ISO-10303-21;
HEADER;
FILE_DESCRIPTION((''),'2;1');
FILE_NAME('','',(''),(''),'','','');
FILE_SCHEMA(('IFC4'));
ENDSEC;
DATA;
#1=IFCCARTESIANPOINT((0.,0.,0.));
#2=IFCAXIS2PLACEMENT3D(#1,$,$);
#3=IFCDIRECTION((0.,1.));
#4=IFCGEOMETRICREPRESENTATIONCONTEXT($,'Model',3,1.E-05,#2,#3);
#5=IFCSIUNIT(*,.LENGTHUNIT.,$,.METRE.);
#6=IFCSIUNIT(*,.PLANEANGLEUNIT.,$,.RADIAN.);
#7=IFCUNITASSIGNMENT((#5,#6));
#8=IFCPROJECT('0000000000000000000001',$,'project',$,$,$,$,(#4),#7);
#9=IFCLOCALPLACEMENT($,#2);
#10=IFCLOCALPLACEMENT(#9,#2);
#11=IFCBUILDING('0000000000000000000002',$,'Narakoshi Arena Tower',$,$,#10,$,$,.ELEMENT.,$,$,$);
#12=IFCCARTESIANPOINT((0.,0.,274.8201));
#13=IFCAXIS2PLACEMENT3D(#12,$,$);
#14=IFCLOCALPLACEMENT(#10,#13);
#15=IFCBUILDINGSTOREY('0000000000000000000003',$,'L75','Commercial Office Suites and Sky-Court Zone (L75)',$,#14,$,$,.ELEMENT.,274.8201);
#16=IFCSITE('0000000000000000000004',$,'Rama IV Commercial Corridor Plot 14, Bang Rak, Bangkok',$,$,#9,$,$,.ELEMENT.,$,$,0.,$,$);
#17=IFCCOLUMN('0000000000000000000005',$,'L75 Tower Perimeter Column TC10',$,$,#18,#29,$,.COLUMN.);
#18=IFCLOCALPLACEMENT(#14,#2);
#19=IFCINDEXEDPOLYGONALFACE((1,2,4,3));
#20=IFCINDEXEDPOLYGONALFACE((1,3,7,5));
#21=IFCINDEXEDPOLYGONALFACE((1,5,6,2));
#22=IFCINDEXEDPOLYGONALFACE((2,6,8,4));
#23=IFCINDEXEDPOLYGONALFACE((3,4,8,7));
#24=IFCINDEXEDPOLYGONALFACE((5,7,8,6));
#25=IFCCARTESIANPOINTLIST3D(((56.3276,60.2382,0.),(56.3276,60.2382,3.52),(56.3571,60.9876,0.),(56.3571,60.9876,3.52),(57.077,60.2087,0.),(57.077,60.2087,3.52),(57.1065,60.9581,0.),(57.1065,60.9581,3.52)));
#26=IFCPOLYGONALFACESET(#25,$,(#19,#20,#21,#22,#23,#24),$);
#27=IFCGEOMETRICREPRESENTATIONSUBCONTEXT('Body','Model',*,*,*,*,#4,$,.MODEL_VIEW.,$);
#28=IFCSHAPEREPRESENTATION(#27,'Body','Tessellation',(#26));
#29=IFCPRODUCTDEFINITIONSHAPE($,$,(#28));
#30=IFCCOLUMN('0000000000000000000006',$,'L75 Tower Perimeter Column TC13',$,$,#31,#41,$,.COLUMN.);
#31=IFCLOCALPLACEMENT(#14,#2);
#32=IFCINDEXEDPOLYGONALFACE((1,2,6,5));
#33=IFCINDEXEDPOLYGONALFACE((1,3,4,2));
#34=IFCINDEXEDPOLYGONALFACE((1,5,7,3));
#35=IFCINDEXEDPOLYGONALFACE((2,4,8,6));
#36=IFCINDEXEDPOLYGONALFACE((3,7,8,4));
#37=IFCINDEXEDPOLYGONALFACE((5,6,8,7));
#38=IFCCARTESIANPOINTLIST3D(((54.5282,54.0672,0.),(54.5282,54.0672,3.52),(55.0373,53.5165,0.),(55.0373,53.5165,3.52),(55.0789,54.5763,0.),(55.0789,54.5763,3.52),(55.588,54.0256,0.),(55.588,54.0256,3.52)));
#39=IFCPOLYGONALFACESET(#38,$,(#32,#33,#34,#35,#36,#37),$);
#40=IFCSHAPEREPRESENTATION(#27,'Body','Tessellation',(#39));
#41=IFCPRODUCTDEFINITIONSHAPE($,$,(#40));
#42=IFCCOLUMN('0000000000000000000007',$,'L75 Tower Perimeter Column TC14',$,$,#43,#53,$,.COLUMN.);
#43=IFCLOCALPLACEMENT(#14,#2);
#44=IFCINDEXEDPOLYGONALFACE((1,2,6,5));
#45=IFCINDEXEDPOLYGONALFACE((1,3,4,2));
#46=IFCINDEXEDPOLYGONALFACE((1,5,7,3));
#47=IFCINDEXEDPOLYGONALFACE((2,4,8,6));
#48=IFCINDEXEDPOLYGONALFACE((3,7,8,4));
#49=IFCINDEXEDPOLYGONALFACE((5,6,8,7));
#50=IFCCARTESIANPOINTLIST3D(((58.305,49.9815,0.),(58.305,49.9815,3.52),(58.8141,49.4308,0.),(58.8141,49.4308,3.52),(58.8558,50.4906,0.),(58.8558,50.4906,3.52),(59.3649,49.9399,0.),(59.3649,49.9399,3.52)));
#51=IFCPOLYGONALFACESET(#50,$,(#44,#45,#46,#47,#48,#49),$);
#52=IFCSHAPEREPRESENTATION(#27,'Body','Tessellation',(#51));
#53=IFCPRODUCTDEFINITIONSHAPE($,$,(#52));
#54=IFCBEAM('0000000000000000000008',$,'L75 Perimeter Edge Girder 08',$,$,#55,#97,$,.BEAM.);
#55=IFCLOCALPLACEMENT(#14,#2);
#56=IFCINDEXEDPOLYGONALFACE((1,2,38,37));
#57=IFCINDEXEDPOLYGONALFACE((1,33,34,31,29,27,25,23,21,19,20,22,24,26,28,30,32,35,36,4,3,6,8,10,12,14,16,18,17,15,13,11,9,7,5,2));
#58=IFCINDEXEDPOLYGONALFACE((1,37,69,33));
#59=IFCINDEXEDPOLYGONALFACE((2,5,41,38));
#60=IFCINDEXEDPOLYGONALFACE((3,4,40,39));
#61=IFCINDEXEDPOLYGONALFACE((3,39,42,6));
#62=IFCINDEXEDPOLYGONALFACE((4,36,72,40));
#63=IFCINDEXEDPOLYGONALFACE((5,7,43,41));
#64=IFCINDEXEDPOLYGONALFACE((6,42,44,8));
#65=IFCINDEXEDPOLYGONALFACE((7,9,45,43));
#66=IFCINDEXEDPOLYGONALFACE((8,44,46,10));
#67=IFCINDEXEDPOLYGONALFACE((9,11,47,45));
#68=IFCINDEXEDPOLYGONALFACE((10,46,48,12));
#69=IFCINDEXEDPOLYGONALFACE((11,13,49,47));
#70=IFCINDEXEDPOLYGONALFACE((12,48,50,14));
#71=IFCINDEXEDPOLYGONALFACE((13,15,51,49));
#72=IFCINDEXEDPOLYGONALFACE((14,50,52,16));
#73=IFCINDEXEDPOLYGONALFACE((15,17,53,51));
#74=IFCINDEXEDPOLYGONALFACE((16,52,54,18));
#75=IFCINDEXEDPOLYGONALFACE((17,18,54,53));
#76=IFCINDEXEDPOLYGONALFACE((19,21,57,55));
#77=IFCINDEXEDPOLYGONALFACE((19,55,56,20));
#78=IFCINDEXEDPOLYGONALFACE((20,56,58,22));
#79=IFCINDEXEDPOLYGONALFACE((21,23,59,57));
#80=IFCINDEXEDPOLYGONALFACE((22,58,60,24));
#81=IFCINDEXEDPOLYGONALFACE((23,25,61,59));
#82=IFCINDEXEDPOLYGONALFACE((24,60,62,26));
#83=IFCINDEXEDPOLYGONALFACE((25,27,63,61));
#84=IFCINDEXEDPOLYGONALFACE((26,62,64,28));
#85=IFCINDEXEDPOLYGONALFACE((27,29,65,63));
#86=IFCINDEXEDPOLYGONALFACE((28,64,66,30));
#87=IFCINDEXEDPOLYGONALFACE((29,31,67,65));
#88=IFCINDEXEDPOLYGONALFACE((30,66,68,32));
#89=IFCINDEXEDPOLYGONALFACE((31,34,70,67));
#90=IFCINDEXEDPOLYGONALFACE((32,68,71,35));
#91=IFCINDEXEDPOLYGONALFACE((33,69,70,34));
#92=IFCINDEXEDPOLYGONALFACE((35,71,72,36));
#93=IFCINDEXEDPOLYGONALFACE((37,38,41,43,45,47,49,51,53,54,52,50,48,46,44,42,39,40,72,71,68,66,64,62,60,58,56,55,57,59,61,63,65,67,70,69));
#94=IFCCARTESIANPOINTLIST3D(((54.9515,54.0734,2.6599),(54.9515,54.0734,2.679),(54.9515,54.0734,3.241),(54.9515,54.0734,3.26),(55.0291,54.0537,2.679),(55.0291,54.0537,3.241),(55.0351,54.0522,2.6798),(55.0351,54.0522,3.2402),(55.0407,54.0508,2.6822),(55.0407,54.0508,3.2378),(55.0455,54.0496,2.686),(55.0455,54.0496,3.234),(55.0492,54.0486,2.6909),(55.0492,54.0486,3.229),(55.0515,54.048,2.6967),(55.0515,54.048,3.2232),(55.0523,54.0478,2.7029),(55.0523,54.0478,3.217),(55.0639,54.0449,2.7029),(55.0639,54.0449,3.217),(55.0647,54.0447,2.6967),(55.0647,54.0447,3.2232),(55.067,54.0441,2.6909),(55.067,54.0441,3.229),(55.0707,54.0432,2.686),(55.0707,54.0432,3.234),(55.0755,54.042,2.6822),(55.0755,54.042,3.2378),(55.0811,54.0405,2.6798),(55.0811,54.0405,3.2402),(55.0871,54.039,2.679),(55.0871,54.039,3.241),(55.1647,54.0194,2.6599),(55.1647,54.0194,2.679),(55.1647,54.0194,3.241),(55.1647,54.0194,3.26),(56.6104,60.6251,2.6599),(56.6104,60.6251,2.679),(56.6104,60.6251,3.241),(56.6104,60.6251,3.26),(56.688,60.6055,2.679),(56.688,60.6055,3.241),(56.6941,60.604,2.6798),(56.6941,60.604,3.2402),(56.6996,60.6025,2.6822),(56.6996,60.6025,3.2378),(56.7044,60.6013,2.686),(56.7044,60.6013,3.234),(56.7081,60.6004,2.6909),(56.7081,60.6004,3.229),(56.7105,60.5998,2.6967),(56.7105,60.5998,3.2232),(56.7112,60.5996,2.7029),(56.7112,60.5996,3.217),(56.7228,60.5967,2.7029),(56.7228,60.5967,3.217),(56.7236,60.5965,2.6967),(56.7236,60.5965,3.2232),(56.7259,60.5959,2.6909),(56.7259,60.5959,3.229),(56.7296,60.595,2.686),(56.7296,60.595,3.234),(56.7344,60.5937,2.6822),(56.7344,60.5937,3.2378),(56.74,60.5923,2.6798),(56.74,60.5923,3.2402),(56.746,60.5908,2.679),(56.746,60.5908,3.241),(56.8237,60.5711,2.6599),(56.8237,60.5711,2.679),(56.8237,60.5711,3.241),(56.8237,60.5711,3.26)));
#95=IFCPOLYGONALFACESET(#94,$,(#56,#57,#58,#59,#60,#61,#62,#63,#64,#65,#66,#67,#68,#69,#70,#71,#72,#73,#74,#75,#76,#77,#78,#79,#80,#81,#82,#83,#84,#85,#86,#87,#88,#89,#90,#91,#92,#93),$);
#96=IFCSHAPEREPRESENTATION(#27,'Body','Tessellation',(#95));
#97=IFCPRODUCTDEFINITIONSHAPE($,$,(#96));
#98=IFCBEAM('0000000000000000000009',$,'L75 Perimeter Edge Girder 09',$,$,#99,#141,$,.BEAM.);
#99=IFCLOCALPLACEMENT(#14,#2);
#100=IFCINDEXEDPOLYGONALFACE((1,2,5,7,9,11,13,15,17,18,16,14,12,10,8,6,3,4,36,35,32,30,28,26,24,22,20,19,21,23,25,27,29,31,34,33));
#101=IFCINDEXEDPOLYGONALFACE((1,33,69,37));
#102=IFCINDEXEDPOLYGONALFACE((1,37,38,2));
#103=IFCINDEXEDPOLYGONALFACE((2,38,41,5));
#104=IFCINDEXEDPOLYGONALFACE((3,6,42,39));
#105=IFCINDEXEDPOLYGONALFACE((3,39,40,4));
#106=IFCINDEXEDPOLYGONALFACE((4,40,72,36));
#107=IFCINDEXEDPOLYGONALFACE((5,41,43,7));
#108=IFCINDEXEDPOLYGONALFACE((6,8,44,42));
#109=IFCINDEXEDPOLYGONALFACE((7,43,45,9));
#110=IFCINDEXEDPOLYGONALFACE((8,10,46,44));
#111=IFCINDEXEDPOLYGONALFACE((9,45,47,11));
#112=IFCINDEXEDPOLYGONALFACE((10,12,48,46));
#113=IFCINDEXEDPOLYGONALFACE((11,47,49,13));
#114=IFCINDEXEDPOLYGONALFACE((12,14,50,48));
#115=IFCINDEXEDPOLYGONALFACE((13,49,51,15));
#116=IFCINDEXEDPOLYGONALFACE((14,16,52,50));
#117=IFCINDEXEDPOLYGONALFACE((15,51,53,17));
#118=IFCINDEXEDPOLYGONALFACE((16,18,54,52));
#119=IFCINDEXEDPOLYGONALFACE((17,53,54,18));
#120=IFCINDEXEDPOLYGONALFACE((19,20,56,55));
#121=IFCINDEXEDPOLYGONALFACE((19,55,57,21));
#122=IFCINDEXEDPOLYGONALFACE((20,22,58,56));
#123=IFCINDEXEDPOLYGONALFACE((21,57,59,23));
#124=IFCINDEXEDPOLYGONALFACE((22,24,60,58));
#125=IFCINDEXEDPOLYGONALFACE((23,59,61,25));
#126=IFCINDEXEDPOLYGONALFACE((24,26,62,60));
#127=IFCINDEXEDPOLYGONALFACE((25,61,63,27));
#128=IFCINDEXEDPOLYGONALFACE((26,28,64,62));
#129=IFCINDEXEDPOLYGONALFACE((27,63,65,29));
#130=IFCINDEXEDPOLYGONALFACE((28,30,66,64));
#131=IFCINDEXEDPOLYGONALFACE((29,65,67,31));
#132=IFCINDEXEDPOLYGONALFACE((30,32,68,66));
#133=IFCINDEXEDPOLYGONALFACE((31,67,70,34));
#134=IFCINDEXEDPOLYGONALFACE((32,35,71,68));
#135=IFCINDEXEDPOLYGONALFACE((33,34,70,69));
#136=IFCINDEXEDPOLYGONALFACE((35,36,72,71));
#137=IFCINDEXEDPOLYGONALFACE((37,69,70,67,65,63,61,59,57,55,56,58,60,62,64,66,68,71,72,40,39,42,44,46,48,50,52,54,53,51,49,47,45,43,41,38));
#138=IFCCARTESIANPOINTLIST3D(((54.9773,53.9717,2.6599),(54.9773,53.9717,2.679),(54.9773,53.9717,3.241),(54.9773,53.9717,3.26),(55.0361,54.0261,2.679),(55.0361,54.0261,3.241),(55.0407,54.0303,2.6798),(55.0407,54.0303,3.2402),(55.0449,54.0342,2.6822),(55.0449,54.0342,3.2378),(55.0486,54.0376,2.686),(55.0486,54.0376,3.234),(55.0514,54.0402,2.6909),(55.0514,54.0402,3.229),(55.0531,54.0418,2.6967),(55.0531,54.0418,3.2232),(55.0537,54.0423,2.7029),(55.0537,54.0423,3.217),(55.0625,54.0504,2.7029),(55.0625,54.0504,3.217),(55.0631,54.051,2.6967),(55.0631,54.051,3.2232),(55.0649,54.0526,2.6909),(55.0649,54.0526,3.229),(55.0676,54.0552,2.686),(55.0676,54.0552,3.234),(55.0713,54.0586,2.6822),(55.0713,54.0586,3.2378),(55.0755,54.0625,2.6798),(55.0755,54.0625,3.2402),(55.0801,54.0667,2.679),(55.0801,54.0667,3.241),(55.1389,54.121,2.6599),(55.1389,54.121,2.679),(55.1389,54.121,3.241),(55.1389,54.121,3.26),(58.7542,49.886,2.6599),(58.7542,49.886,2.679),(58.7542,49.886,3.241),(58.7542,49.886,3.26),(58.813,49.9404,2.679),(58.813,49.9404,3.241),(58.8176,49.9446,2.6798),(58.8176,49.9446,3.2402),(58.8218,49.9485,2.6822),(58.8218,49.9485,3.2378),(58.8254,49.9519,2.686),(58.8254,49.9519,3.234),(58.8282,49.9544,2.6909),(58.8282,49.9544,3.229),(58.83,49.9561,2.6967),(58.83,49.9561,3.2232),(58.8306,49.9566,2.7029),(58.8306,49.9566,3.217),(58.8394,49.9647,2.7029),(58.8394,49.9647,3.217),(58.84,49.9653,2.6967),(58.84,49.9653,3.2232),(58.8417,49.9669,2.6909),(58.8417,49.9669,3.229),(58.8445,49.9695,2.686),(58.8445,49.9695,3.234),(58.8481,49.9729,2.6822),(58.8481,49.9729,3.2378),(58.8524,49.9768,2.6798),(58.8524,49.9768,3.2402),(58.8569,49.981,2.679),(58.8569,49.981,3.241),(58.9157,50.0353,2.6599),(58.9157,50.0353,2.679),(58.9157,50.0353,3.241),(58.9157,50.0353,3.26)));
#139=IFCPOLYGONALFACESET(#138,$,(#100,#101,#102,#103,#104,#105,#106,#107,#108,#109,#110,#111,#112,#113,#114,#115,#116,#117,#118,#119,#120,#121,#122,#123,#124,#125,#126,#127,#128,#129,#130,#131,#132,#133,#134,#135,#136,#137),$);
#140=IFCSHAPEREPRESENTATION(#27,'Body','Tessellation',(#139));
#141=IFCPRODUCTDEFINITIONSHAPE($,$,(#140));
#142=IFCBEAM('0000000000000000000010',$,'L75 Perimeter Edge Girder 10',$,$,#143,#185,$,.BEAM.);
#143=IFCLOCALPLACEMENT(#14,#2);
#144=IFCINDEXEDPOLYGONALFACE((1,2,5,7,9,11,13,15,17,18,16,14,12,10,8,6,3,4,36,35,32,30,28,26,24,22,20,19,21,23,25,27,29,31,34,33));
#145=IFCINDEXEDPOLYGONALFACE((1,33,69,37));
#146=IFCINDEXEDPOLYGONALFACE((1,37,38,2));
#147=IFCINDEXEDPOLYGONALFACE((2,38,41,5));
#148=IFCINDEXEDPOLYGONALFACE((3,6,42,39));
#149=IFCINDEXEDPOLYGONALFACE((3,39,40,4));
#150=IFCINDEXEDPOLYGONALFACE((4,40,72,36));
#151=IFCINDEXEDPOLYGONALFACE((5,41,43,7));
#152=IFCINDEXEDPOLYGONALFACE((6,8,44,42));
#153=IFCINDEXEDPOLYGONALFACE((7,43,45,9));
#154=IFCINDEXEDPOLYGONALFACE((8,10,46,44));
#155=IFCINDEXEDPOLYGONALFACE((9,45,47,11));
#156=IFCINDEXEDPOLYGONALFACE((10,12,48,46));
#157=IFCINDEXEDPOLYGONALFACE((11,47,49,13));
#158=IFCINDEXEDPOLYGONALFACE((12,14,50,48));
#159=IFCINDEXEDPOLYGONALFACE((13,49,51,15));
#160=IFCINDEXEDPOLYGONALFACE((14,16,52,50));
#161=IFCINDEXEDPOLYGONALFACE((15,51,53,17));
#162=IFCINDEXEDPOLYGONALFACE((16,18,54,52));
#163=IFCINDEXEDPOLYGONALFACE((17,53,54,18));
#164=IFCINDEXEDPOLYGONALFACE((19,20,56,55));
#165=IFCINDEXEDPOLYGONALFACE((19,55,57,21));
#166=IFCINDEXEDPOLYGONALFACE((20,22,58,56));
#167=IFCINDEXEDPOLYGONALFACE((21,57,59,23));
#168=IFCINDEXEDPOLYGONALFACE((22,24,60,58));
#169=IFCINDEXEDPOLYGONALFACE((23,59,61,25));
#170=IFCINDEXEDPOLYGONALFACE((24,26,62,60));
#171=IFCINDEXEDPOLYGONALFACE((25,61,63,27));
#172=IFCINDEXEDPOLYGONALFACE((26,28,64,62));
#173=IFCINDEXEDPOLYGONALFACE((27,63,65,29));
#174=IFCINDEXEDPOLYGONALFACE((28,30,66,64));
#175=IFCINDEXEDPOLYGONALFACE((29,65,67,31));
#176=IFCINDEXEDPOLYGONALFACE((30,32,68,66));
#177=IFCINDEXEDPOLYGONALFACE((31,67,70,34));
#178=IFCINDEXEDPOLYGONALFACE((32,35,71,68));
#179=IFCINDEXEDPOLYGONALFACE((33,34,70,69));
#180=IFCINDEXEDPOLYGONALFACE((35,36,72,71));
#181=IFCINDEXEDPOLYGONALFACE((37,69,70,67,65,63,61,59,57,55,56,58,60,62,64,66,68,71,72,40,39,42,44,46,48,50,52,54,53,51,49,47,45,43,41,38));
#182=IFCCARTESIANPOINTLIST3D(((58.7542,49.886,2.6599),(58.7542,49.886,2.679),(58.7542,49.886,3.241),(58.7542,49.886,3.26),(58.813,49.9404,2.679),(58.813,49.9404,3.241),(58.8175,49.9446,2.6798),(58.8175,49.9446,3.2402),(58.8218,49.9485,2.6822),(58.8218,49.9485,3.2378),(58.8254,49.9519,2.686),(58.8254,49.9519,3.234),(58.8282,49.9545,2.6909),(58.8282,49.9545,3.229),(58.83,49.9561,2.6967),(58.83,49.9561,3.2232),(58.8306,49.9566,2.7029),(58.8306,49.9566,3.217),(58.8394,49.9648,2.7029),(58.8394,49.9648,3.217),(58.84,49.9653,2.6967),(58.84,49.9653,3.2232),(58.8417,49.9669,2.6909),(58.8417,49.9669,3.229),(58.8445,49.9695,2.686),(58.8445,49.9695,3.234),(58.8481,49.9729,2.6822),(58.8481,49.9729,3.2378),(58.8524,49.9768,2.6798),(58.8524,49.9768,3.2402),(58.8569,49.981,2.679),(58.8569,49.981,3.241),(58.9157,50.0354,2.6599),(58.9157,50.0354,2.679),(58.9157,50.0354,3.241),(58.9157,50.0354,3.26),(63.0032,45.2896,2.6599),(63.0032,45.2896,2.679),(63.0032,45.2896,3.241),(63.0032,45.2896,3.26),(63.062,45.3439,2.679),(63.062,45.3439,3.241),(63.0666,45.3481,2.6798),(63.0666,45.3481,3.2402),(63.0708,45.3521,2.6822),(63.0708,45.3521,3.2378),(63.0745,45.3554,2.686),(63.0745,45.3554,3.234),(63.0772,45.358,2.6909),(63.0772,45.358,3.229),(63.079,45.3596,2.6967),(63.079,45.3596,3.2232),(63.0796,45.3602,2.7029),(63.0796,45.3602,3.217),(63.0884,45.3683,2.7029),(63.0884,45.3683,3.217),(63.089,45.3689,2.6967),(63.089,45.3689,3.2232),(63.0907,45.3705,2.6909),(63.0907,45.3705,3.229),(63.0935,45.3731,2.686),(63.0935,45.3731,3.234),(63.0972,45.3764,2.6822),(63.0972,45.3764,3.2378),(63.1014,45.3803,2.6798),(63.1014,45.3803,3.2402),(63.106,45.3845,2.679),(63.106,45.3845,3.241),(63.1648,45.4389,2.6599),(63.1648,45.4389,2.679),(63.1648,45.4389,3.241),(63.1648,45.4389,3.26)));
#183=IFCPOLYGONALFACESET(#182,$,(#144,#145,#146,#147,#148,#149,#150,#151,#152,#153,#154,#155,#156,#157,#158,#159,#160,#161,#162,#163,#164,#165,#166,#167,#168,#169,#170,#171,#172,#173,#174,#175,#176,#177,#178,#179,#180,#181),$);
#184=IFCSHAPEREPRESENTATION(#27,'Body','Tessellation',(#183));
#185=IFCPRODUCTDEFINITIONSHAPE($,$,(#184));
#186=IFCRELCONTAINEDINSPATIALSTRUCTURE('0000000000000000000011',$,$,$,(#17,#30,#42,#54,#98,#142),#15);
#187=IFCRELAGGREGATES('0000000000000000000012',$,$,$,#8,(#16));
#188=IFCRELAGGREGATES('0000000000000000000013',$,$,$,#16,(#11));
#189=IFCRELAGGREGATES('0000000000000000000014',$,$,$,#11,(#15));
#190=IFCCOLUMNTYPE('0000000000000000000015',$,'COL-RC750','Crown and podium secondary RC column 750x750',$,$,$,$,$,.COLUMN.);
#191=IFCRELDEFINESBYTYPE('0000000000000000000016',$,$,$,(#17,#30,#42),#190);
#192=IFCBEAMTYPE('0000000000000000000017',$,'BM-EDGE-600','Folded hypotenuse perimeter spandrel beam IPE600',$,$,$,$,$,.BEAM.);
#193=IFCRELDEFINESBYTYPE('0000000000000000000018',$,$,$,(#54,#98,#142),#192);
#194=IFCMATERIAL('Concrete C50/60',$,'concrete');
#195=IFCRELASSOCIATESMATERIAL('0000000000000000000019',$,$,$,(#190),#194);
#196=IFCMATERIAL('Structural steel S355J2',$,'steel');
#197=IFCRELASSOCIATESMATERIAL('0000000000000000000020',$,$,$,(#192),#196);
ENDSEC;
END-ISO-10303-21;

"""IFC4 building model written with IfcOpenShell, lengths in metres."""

from ifc_helpers import new_model, si_unit, direction, frame, origin, origin_2d, place, context, subcontext, project, spatial, rectangle, i_section, extrude, material, material_profile, profile_set, type_object, element, save


model = new_model("IFC4")

# Units and contexts
model_context = context("Model", 3, precision=1e-05, world=origin(), true_north=direction((0.0, 1.0)))
body_context = subcontext(model_context, "Body", "Model", "MODEL_VIEW")
ifc_project = project(units=[si_unit("LENGTHUNIT", "METRE"), si_unit("PLANEANGLEUNIT", "RADIAN")], contexts=[model_context])

# Site, building, storey
site_placement = place(None, origin())
site = spatial("IfcSite", under=ifc_project, at=site_placement, Name="Rama IV Commercial Corridor Plot 14, Bang Rak, Bangkok", CompositionType="ELEMENT", RefElevation=0.0)
building_placement = place(site_placement, origin())
building = spatial("IfcBuilding", under=site, at=building_placement, Name="Narakoshi Arena Tower", CompositionType="ELEMENT")
storey_placement = place(building_placement, frame((0.0, 0.0, 274.8201)))
storey = spatial("IfcBuildingStorey", under=building, at=storey_placement, Name="L75", Description="Commercial Office Suites and Sky-Court Zone (L75)", CompositionType="ELEMENT", Elevation=274.8201)

# Columns
ifc_material_1 = material(Name="Concrete C50/60", Category="concrete")
ifc_material_profile_1 = material_profile(ifc_material_1, rectangle(XDim=0.75, YDim=0.75, at=origin_2d()), Name="RC750x750")
ifc_profile_set_1 = profile_set([ifc_material_profile_1], Name="Concrete C50/60")
column_type = type_object("IfcColumnType", Name="COL-RC750", Description="Crown and podium secondary RC column 750x750", PredefinedType="COLUMN", material=ifc_profile_set_1)
for number, where, z_axis, x_axis, name in (
    (1, (56.717, 60.5981, 0.0), (0.0, 0.0, 1.0), (0.03926, 0.999229, 0.0), "L75 Tower Perimeter Column TC10"),
    (2, (55.0581, 54.0464, 0.0), (0.0, 0.0, 1.0), (-0.678801, 0.734323, 0.0), "L75 Tower Perimeter Column TC13"),
    (3, (58.835, 49.9607, 0.0), (0.0, 0.0, 1.0), (-0.678801, 0.734323, 0.0), "L75 Tower Perimeter Column TC14"),
):
    element("IfcColumn", number, at=place(storey_placement, frame(where, z_axis=z_axis, x_axis=x_axis)), inside=storey, type_object=column_type, Name=name, PredefinedType="COLUMN", context=body_context, shape_type="SweptSolid", body=[
        extrude(rectangle(XDim=0.75, YDim=0.75, at=origin_2d()), origin(), (0.0, 0.0, 1.0), 3.52),
    ])

# Beams
ifc_material_2 = material(Name="Structural steel S355J2", Category="steel")
ifc_material_profile_2 = material_profile(ifc_material_2, i_section(OverallWidth=0.22, OverallDepth=0.6001, WebThickness=0.012, FlangeThickness=0.019, FilletRadius=0.0239, at=origin_2d()), Name="IPE600")
ifc_profile_set_2 = profile_set([ifc_material_profile_2], Name="Structural steel S355J2")
beam_type_1 = type_object("IfcBeamType", Name="BM-EDGE-600", Description="Folded hypotenuse perimeter spandrel beam IPE600", PredefinedType="BEAM", material=ifc_profile_set_2)
beam_1_placement = place(storey_placement, frame((56.717, 60.5981, 2.96), z_axis=(-0.245458, -0.969407, 0.0), x_axis=(0.969407, -0.245458, 0.0)))
element("IfcBeam", 4, at=beam_1_placement, inside=storey, type_object=beam_type_1, Name="L75 Perimeter Edge Girder 08", PredefinedType="BEAM", context=body_context, shape_type="SweptSolid", body=[
    extrude(i_section(OverallWidth=0.22, OverallDepth=0.6001, WebThickness=0.012, FlangeThickness=0.019, FilletRadius=0.0239, at=origin_2d()), origin(), (0.0, 0.0, 1.0), 6.7585),
])
beam_2_placement = place(storey_placement, frame((55.0581, 54.0464, 2.96), z_axis=(0.678808, -0.734315, 0.0), x_axis=(0.734315, 0.678808, 0.0)))
element("IfcBeam", 5, at=beam_2_placement, inside=storey, type_object=beam_type_1, Name="L75 Perimeter Edge Girder 09", PredefinedType="BEAM", context=body_context, shape_type="SweptSolid", body=[
    extrude(i_section(OverallWidth=0.22, OverallDepth=0.6001, WebThickness=0.012, FlangeThickness=0.019, FilletRadius=0.0239, at=origin_2d()), origin(), (0.0, 0.0, 1.0), 5.564),
])
beam_3_placement = place(storey_placement, frame((58.835, 49.9607, 2.96), z_axis=(0.678811, -0.734313, 0.0), x_axis=(0.734313, 0.678811, 0.0)))
element("IfcBeam", 6, at=beam_3_placement, inside=storey, type_object=beam_type_1, Name="L75 Perimeter Edge Girder 10", PredefinedType="BEAM", context=body_context, shape_type="SweptSolid", body=[
    extrude(i_section(OverallWidth=0.22, OverallDepth=0.6001, WebThickness=0.012, FlangeThickness=0.019, FilletRadius=0.0239, at=origin_2d()), origin(), (0.0, 0.0, 1.0), 6.2595),
])

save(model, "model.ifc")
